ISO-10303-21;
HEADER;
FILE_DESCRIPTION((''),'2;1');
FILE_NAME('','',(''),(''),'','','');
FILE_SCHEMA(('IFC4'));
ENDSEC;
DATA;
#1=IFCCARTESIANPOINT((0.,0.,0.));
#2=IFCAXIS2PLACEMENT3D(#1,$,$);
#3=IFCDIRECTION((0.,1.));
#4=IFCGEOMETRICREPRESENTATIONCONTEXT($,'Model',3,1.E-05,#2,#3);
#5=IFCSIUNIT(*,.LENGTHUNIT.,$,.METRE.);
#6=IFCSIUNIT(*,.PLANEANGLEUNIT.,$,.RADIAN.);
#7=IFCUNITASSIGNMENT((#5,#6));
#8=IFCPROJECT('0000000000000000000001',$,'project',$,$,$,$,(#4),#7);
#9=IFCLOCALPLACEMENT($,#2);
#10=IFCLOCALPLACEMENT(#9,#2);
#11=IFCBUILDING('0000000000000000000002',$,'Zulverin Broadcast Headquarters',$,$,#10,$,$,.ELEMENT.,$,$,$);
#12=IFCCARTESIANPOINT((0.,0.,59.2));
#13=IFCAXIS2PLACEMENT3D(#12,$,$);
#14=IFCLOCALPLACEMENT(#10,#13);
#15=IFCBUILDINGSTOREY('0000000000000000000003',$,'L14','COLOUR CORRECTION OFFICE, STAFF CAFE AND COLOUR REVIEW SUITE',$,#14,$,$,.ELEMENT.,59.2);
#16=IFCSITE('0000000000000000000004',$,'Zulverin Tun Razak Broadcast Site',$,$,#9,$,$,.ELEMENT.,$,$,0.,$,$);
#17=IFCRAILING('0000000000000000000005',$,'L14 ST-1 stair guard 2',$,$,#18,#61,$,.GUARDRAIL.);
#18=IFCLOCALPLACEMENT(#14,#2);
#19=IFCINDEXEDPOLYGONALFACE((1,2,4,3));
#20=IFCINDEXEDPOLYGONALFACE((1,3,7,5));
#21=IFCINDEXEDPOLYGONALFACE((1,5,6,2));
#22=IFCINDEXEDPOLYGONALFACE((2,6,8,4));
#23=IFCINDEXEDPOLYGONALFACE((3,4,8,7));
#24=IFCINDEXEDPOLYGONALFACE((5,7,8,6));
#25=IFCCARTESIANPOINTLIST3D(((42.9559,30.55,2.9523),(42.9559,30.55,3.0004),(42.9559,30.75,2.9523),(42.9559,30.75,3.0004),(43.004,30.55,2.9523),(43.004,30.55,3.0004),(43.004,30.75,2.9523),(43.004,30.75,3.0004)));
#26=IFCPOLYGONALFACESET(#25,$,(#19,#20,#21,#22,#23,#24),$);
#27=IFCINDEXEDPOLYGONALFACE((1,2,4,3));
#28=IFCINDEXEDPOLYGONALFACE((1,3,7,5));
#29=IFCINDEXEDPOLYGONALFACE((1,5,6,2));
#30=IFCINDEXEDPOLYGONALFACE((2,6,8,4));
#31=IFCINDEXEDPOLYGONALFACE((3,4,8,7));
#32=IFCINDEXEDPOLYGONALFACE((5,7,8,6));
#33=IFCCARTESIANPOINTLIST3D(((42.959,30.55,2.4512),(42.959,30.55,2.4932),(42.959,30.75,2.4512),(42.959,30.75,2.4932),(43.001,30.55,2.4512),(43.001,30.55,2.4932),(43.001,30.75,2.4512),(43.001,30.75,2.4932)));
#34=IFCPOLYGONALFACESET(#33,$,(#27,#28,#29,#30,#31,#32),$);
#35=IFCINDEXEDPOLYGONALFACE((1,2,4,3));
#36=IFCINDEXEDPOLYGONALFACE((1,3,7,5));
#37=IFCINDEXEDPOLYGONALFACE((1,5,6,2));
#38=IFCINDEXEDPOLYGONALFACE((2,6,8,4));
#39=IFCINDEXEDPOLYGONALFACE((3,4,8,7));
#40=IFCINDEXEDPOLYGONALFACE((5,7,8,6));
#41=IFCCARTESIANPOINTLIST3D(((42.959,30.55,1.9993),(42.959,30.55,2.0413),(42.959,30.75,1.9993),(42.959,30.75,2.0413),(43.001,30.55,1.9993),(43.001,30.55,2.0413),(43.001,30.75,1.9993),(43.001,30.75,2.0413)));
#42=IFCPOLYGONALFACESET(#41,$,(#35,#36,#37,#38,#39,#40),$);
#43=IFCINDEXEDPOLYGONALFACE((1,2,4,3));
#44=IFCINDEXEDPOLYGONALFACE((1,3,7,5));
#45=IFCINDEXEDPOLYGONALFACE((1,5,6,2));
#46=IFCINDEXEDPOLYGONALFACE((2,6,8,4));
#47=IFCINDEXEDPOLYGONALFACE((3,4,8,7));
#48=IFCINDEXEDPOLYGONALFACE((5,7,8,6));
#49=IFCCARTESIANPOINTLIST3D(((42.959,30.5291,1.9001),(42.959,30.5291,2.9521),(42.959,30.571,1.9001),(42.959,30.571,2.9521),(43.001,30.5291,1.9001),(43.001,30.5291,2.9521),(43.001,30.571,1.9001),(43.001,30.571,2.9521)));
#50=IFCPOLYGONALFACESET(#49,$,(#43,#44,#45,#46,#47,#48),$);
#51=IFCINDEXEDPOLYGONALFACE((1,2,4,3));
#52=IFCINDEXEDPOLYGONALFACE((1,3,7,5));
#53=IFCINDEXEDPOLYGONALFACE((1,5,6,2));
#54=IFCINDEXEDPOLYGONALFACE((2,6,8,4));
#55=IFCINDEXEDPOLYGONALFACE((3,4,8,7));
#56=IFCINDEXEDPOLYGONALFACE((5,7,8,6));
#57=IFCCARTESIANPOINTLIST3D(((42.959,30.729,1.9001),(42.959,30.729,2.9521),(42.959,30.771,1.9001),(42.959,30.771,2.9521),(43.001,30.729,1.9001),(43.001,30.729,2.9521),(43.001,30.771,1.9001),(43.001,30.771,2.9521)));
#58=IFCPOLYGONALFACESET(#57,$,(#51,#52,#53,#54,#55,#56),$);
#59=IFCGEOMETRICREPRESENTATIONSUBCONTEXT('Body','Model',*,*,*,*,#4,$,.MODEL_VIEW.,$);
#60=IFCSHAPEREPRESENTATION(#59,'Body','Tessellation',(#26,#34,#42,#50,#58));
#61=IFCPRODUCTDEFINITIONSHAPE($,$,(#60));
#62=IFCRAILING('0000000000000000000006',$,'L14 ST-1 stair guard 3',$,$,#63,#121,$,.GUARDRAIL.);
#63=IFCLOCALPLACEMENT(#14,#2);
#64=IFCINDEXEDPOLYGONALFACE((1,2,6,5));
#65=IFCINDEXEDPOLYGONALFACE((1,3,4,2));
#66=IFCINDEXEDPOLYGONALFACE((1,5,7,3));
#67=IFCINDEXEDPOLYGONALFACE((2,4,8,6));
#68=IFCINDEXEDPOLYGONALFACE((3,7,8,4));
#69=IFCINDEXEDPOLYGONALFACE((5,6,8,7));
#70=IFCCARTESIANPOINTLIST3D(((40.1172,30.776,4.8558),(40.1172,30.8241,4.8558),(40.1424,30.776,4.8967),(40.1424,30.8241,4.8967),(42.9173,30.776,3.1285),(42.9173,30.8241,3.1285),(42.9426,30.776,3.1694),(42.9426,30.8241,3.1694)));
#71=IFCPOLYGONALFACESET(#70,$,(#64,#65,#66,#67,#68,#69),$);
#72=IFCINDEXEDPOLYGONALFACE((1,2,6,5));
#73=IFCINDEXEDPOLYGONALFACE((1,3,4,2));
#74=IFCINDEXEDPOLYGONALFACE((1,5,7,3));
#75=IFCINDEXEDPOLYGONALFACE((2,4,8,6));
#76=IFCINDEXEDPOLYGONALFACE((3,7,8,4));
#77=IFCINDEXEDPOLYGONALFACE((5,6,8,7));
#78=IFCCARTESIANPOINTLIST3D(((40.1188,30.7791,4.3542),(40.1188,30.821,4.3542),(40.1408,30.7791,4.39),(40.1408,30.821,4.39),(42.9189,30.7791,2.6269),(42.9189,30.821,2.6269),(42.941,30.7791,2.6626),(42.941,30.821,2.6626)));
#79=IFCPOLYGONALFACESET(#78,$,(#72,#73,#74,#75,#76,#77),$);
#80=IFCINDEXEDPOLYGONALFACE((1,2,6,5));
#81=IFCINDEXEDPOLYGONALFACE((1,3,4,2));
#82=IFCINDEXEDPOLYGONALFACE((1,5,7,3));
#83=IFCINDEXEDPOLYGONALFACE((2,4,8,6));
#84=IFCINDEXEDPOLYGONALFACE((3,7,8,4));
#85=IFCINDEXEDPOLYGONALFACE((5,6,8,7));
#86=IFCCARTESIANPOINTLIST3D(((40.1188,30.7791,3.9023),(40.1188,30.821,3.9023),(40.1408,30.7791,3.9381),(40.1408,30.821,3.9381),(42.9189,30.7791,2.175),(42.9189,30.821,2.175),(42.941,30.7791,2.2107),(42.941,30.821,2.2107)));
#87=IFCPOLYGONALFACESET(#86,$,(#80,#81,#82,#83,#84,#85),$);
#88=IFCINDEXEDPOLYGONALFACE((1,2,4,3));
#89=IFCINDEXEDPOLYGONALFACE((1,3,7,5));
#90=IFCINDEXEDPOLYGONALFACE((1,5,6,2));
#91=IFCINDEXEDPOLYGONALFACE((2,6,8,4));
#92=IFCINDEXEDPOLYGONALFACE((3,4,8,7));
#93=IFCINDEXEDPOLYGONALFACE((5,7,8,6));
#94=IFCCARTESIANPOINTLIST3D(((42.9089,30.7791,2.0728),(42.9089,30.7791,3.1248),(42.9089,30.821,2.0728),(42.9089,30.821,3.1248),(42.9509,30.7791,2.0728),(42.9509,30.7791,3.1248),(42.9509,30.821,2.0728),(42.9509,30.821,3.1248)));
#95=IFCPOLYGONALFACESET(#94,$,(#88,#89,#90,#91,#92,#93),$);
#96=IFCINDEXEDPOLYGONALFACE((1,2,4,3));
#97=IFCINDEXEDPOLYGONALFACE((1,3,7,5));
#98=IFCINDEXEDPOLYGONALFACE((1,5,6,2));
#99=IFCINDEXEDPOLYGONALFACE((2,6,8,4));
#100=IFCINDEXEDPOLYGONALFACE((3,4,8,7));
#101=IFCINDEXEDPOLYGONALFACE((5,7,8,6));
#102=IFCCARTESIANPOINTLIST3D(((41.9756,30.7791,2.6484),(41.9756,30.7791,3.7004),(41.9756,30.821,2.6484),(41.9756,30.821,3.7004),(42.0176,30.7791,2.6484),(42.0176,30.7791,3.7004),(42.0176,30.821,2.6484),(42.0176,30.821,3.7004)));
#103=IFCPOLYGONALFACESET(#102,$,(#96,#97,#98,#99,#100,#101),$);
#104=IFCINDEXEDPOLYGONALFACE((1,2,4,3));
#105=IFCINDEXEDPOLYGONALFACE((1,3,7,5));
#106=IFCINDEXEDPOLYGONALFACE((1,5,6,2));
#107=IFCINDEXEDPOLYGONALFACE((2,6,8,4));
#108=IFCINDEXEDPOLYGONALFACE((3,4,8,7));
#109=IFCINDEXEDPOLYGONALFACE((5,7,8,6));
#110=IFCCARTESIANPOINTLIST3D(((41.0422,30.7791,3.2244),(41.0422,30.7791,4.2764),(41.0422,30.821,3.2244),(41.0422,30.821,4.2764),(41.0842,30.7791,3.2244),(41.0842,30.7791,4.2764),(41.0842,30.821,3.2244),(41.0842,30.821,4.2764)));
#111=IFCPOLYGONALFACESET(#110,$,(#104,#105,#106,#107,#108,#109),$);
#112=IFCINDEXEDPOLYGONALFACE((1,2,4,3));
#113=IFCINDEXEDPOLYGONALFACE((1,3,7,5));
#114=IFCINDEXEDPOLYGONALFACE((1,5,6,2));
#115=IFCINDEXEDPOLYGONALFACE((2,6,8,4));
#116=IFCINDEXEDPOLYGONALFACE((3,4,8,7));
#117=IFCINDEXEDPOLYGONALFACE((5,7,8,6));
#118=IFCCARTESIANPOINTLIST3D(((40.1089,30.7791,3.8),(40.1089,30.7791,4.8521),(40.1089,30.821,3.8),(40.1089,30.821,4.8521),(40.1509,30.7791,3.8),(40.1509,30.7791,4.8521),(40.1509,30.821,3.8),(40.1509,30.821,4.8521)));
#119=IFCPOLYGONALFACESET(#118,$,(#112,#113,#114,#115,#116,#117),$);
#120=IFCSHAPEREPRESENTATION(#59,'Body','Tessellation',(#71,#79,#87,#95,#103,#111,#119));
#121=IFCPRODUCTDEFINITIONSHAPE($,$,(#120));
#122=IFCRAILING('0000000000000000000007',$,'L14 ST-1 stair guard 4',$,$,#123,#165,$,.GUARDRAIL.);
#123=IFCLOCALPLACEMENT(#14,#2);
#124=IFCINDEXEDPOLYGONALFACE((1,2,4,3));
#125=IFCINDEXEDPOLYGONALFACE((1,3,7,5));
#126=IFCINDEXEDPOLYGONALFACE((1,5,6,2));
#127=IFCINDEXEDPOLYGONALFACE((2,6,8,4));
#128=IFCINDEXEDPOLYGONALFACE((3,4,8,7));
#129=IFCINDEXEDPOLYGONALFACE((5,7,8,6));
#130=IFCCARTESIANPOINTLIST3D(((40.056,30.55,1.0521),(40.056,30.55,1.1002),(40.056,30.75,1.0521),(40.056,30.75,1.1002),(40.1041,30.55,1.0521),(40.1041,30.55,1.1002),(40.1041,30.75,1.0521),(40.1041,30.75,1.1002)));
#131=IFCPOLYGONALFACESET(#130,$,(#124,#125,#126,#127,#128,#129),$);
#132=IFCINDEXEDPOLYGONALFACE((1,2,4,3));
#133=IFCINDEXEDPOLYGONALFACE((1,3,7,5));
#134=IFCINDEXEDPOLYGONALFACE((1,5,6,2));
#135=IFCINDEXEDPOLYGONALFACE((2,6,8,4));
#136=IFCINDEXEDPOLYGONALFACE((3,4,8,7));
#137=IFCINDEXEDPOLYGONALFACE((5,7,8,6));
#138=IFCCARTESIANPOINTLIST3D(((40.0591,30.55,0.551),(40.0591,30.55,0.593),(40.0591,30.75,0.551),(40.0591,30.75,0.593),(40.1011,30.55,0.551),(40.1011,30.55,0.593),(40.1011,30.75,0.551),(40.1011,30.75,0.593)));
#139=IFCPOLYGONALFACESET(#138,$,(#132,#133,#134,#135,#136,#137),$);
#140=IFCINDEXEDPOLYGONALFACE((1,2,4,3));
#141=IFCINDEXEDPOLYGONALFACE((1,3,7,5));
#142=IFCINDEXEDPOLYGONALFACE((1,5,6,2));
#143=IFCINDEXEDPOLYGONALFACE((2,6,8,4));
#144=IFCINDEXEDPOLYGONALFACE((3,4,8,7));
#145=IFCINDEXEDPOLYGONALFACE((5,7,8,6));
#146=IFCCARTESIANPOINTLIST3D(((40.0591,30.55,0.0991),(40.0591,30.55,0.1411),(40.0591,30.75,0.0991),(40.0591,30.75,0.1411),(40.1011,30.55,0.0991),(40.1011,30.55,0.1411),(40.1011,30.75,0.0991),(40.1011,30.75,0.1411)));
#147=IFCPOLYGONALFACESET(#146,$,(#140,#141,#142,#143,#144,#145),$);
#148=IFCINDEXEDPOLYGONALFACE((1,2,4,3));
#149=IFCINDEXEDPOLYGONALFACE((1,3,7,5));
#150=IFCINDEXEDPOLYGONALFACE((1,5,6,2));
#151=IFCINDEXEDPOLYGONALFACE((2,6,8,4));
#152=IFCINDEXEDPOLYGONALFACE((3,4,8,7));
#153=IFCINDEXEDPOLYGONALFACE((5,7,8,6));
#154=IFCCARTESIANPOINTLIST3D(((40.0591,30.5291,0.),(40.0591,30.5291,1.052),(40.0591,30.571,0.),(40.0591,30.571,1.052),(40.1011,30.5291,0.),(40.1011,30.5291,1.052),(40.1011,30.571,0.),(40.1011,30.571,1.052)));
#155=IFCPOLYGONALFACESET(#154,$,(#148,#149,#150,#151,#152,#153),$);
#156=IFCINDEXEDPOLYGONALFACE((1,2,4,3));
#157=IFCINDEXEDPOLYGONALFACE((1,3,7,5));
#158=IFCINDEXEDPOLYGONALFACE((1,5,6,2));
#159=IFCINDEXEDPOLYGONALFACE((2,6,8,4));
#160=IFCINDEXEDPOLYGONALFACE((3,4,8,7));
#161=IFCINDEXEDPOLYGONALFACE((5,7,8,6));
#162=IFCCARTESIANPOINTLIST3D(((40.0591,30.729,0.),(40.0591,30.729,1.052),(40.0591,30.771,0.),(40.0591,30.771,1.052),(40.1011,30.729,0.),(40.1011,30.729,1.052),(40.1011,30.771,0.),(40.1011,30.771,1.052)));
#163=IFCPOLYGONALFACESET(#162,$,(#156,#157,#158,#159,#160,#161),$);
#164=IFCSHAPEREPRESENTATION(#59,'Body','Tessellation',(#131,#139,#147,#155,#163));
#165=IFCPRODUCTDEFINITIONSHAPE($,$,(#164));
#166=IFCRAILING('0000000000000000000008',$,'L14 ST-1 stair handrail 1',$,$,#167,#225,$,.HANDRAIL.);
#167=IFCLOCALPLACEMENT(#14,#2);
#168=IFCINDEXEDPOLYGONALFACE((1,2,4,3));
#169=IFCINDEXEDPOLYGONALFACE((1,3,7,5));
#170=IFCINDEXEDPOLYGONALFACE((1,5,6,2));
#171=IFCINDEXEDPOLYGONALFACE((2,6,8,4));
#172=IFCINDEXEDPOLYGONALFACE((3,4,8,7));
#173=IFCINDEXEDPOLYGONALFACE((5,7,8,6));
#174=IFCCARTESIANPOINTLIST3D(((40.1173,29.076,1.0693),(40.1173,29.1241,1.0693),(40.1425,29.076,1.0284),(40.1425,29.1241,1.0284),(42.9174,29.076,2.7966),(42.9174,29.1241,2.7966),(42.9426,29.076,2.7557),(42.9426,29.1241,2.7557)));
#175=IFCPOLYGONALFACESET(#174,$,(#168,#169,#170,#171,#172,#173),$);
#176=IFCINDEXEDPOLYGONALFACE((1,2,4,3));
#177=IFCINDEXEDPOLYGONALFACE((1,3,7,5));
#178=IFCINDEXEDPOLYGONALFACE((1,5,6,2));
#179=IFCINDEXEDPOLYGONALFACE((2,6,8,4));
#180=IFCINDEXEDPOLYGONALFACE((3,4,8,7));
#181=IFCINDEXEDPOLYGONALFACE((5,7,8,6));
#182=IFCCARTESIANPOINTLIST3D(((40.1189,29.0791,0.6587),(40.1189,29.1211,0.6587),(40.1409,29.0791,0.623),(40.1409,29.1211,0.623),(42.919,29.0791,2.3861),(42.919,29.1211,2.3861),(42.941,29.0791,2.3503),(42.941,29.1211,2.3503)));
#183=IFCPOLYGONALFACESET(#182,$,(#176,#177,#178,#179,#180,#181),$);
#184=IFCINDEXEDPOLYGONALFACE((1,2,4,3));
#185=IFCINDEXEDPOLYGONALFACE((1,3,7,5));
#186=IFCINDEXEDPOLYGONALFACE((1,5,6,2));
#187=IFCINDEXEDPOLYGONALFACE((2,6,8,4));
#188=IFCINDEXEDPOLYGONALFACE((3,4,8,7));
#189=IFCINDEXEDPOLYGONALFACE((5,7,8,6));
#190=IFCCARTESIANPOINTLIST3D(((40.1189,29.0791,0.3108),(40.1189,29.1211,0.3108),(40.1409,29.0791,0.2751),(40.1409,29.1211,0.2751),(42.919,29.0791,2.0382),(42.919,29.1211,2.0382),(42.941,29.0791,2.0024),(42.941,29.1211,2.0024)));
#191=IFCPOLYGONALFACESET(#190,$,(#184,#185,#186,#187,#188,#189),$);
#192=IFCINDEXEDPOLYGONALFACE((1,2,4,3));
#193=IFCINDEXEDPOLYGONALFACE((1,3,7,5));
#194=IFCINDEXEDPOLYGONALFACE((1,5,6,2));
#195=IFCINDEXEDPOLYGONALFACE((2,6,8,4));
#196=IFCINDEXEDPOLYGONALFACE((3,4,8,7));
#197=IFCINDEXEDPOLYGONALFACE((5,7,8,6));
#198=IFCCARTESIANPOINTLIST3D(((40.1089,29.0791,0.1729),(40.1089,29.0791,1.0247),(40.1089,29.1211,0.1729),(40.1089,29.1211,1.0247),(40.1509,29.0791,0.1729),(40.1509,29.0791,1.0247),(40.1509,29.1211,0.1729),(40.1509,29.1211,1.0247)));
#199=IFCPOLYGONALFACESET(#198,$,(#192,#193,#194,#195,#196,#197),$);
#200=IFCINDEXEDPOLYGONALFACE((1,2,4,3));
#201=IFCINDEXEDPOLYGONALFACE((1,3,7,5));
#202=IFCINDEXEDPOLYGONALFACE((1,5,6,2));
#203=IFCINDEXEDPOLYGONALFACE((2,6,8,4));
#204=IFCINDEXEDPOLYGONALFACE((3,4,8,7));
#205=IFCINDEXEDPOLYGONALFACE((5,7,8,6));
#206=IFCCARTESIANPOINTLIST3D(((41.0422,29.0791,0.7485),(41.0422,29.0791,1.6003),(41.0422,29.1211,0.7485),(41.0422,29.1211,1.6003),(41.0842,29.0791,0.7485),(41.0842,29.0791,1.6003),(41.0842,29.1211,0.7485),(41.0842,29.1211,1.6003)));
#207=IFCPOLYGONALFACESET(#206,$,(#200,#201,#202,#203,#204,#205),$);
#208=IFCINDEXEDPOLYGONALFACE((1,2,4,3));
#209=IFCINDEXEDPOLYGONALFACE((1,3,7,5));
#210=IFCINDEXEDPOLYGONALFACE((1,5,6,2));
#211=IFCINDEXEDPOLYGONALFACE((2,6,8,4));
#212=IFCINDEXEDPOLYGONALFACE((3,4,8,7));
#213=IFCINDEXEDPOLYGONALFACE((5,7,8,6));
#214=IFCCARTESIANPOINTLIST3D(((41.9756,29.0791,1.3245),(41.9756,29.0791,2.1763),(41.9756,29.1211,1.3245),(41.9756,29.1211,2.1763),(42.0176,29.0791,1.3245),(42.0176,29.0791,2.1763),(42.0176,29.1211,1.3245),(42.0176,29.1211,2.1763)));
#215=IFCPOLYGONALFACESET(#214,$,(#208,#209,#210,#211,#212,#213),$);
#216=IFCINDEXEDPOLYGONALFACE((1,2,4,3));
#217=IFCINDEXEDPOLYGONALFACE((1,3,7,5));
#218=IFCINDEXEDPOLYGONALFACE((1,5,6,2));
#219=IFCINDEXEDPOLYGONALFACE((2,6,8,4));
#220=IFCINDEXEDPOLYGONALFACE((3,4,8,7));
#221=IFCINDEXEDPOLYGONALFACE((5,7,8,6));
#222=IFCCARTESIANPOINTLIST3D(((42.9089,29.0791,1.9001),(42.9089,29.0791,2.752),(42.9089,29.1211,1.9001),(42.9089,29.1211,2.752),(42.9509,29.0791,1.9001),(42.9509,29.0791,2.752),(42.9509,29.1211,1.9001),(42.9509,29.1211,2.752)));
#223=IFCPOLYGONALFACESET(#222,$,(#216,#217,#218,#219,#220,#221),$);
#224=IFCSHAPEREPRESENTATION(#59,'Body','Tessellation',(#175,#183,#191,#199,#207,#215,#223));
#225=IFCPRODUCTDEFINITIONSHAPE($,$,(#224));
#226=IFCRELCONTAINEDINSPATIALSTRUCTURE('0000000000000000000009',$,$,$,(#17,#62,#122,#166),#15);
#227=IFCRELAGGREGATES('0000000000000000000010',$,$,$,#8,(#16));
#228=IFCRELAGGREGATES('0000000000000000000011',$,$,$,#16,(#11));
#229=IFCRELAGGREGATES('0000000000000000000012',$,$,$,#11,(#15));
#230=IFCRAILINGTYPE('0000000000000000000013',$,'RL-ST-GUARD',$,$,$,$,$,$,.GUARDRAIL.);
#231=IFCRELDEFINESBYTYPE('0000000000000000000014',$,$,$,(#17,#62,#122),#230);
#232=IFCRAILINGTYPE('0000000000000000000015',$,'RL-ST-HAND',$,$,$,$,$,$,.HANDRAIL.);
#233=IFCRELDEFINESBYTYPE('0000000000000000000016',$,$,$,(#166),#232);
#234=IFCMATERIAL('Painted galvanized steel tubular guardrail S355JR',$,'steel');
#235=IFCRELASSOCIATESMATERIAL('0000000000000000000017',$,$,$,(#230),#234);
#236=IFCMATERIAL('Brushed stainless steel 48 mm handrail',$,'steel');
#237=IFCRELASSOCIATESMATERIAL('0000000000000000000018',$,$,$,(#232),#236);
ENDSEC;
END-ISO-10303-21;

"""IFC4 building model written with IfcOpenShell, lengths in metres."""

from ifc_helpers import new_model, si_unit, direction, frame, origin, origin_2d, place, context, subcontext, project, spatial, rectangle, extrude, material, type_object, element, save


model = new_model("IFC4")

# Units and contexts
model_context = context("Model", 3, precision=1e-05, world=origin(), true_north=direction((0.0, 1.0)))
body_context = subcontext(model_context, "Body", "Model", "MODEL_VIEW")
ifc_project = project(units=[si_unit("LENGTHUNIT", "METRE"), si_unit("PLANEANGLEUNIT", "RADIAN")], contexts=[model_context])

# Site, building, storey
site_placement = place(None, origin())
site = spatial("IfcSite", under=ifc_project, at=site_placement, Name="Zulverin Tun Razak Broadcast Site", CompositionType="ELEMENT", RefElevation=0.0)
building_placement = place(site_placement, origin())
building = spatial("IfcBuilding", under=site, at=building_placement, Name="Zulverin Broadcast Headquarters", CompositionType="ELEMENT")
storey_placement = place(building_placement, frame((0.0, 0.0, 59.2)))
storey = spatial("IfcBuildingStorey", under=building, at=storey_placement, Name="L14", Description="COLOUR CORRECTION OFFICE, STAFF CAFE AND COLOUR REVIEW SUITE", CompositionType="ELEMENT", Elevation=59.2)

# Railings
ifc_material_1 = material(Name="Painted galvanized steel tubular guardrail S355JR", Category="steel")
railing_type_1 = type_object("IfcRailingType", Name="RL-ST-GUARD", PredefinedType="GUARDRAIL", material=ifc_material_1)
railing_1_placement = place(storey_placement, frame((42.98, 30.55, 1.9001)))
element("IfcRailing", 1, at=railing_1_placement, inside=storey, type_object=railing_type_1, Name="L14 ST-1 stair guard 2", PredefinedType="GUARDRAIL", context=body_context, shape_type="SweptSolid", body=[
    extrude(rectangle(XDim=0.0481, YDim=0.0481, at=origin_2d()), frame((0.0, 0.0, 1.0762), z_axis=(0.0, 1.0, 0.0), x_axis=(-1.0, 0.0, 0.0)), (0.0, 0.0, 1.0), 0.2),
    extrude(rectangle(XDim=0.042, YDim=0.042, at=origin_2d()), frame((0.0, 0.0, 0.572), z_axis=(0.0, 1.0, 0.0), x_axis=(-1.0, 0.0, 0.0)), (0.0, 0.0, 1.0), 0.2),
    extrude(rectangle(XDim=0.042, YDim=0.042, at=origin_2d()), frame((0.0, 0.0, 0.1201), z_axis=(0.0, 1.0, 0.0), x_axis=(-1.0, 0.0, 0.0)), (0.0, 0.0, 1.0), 0.2),
    extrude(rectangle(XDim=0.042, YDim=0.042, at=origin_2d()), origin(), (0.0, 0.0, 1.0), 1.052),
    extrude(rectangle(XDim=0.042, YDim=0.042, at=origin_2d()), frame((0.0, 0.2, 0.0)), (0.0, 0.0, 1.0), 1.052),
])
railing_2_placement = place(storey_placement, frame((42.9299, 30.8, 2.0728)))
element("IfcRailing", 2, at=railing_2_placement, inside=storey, type_object=railing_type_1, Name="L14 ST-1 stair guard 3", PredefinedType="GUARDRAIL", context=body_context, shape_type="SweptSolid", body=[
    extrude(rectangle(XDim=0.0481, YDim=0.0481, at=origin_2d()), frame((0.0, 0.0, 1.0762), z_axis=(-0.85109, 0.0, 0.52502), x_axis=(0.0, -1.0, 0.0)), (0.0, 0.0, 1.0), 3.29),
    extrude(rectangle(XDim=0.042, YDim=0.042, at=origin_2d()), frame((0.0, 0.0, 0.572), z_axis=(-0.85109, 0.0, 0.52502), x_axis=(0.0, -1.0, 0.0)), (0.0, 0.0, 1.0), 3.29),
    extrude(rectangle(XDim=0.042, YDim=0.042, at=origin_2d()), frame((0.0, 0.0, 0.1201), z_axis=(-0.85109, 0.0, 0.52502), x_axis=(0.0, -1.0, 0.0)), (0.0, 0.0, 1.0), 3.29),
    extrude(rectangle(XDim=0.042, YDim=0.042, at=origin_2d()), origin(), (0.0, 0.0, 1.0), 1.052),
    extrude(rectangle(XDim=0.042, YDim=0.042, at=origin_2d()), frame((-0.9333, 0.0, 0.5757)), (0.0, 0.0, 1.0), 1.052),
    extrude(rectangle(XDim=0.042, YDim=0.042, at=origin_2d()), frame((-1.8667, 0.0, 1.1516)), (0.0, 0.0, 1.0), 1.052),
    extrude(rectangle(XDim=0.042, YDim=0.042, at=origin_2d()), frame((-2.8, 0.0, 1.7273)), (0.0, 0.0, 1.0), 1.052),
])
railing_3_placement = place(storey_placement, frame((40.0801, 30.55, 0.0)))
element("IfcRailing", 3, at=railing_3_placement, inside=storey, type_object=railing_type_1, Name="L14 ST-1 stair guard 4", PredefinedType="GUARDRAIL", context=body_context, shape_type="SweptSolid", body=[
    extrude(rectangle(XDim=0.0481, YDim=0.0481, at=origin_2d()), frame((0.0, 0.0, 1.0762), z_axis=(0.0, 1.0, 0.0), x_axis=(-1.0, 0.0, 0.0)), (0.0, 0.0, 1.0), 0.2),
    extrude(rectangle(XDim=0.042, YDim=0.042, at=origin_2d()), frame((0.0, 0.0, 0.572), z_axis=(0.0, 1.0, 0.0), x_axis=(-1.0, 0.0, 0.0)), (0.0, 0.0, 1.0), 0.2),
    extrude(rectangle(XDim=0.042, YDim=0.042, at=origin_2d()), frame((0.0, 0.0, 0.1201), z_axis=(0.0, 1.0, 0.0), x_axis=(-1.0, 0.0, 0.0)), (0.0, 0.0, 1.0), 0.2),
    extrude(rectangle(XDim=0.042, YDim=0.042, at=origin_2d()), origin(), (0.0, 0.0, 1.0), 1.052),
    extrude(rectangle(XDim=0.042, YDim=0.042, at=origin_2d()), frame((0.0, 0.2, 0.0)), (0.0, 0.0, 1.0), 1.052),
])
ifc_material_2 = material(Name="Brushed stainless steel 48 mm handrail", Category="steel")
railing_type_2 = type_object("IfcRailingType", Name="RL-ST-HAND", PredefinedType="HANDRAIL", material=ifc_material_2)
railing_4_placement = place(storey_placement, frame((40.1299, 29.1001, 0.1729)))
element("IfcRailing", 4, at=railing_4_placement, inside=storey, type_object=railing_type_2, Name="L14 ST-1 stair handrail 1", PredefinedType="HANDRAIL", context=body_context, shape_type="SweptSolid", body=[
    extrude(rectangle(XDim=0.0481, YDim=0.0481, at=origin_2d()), frame((0.0, 0.0, 0.876), z_axis=(0.85109, 0.0, 0.52502), x_axis=(0.0, 1.0, 0.0)), (0.0, 0.0, 1.0), 3.29),
    extrude(rectangle(XDim=0.042, YDim=0.042, at=origin_2d()), frame((0.0, 0.0, 0.468), z_axis=(0.85109, 0.0, 0.52502), x_axis=(0.0, 1.0, 0.0)), (0.0, 0.0, 1.0), 3.29),
    extrude(rectangle(XDim=0.042, YDim=0.042, at=origin_2d()), frame((0.0, 0.0, 0.1201), z_axis=(0.85109, 0.0, 0.52502), x_axis=(0.0, 1.0, 0.0)), (0.0, 0.0, 1.0), 3.29),
    extrude(rectangle(XDim=0.042, YDim=0.042, at=origin_2d()), origin(), (0.0, 0.0, 1.0), 0.8518),
    extrude(rectangle(XDim=0.042, YDim=0.042, at=origin_2d()), frame((0.9333, 0.0, 0.5757)), (0.0, 0.0, 1.0), 0.8518),
    extrude(rectangle(XDim=0.042, YDim=0.042, at=origin_2d()), frame((1.8667, 0.0, 1.1516)), (0.0, 0.0, 1.0), 0.8518),
    extrude(rectangle(XDim=0.042, YDim=0.042, at=origin_2d()), frame((2.8, 0.0, 1.7273)), (0.0, 0.0, 1.0), 0.8518),
])

save(model, "model.ifc")
